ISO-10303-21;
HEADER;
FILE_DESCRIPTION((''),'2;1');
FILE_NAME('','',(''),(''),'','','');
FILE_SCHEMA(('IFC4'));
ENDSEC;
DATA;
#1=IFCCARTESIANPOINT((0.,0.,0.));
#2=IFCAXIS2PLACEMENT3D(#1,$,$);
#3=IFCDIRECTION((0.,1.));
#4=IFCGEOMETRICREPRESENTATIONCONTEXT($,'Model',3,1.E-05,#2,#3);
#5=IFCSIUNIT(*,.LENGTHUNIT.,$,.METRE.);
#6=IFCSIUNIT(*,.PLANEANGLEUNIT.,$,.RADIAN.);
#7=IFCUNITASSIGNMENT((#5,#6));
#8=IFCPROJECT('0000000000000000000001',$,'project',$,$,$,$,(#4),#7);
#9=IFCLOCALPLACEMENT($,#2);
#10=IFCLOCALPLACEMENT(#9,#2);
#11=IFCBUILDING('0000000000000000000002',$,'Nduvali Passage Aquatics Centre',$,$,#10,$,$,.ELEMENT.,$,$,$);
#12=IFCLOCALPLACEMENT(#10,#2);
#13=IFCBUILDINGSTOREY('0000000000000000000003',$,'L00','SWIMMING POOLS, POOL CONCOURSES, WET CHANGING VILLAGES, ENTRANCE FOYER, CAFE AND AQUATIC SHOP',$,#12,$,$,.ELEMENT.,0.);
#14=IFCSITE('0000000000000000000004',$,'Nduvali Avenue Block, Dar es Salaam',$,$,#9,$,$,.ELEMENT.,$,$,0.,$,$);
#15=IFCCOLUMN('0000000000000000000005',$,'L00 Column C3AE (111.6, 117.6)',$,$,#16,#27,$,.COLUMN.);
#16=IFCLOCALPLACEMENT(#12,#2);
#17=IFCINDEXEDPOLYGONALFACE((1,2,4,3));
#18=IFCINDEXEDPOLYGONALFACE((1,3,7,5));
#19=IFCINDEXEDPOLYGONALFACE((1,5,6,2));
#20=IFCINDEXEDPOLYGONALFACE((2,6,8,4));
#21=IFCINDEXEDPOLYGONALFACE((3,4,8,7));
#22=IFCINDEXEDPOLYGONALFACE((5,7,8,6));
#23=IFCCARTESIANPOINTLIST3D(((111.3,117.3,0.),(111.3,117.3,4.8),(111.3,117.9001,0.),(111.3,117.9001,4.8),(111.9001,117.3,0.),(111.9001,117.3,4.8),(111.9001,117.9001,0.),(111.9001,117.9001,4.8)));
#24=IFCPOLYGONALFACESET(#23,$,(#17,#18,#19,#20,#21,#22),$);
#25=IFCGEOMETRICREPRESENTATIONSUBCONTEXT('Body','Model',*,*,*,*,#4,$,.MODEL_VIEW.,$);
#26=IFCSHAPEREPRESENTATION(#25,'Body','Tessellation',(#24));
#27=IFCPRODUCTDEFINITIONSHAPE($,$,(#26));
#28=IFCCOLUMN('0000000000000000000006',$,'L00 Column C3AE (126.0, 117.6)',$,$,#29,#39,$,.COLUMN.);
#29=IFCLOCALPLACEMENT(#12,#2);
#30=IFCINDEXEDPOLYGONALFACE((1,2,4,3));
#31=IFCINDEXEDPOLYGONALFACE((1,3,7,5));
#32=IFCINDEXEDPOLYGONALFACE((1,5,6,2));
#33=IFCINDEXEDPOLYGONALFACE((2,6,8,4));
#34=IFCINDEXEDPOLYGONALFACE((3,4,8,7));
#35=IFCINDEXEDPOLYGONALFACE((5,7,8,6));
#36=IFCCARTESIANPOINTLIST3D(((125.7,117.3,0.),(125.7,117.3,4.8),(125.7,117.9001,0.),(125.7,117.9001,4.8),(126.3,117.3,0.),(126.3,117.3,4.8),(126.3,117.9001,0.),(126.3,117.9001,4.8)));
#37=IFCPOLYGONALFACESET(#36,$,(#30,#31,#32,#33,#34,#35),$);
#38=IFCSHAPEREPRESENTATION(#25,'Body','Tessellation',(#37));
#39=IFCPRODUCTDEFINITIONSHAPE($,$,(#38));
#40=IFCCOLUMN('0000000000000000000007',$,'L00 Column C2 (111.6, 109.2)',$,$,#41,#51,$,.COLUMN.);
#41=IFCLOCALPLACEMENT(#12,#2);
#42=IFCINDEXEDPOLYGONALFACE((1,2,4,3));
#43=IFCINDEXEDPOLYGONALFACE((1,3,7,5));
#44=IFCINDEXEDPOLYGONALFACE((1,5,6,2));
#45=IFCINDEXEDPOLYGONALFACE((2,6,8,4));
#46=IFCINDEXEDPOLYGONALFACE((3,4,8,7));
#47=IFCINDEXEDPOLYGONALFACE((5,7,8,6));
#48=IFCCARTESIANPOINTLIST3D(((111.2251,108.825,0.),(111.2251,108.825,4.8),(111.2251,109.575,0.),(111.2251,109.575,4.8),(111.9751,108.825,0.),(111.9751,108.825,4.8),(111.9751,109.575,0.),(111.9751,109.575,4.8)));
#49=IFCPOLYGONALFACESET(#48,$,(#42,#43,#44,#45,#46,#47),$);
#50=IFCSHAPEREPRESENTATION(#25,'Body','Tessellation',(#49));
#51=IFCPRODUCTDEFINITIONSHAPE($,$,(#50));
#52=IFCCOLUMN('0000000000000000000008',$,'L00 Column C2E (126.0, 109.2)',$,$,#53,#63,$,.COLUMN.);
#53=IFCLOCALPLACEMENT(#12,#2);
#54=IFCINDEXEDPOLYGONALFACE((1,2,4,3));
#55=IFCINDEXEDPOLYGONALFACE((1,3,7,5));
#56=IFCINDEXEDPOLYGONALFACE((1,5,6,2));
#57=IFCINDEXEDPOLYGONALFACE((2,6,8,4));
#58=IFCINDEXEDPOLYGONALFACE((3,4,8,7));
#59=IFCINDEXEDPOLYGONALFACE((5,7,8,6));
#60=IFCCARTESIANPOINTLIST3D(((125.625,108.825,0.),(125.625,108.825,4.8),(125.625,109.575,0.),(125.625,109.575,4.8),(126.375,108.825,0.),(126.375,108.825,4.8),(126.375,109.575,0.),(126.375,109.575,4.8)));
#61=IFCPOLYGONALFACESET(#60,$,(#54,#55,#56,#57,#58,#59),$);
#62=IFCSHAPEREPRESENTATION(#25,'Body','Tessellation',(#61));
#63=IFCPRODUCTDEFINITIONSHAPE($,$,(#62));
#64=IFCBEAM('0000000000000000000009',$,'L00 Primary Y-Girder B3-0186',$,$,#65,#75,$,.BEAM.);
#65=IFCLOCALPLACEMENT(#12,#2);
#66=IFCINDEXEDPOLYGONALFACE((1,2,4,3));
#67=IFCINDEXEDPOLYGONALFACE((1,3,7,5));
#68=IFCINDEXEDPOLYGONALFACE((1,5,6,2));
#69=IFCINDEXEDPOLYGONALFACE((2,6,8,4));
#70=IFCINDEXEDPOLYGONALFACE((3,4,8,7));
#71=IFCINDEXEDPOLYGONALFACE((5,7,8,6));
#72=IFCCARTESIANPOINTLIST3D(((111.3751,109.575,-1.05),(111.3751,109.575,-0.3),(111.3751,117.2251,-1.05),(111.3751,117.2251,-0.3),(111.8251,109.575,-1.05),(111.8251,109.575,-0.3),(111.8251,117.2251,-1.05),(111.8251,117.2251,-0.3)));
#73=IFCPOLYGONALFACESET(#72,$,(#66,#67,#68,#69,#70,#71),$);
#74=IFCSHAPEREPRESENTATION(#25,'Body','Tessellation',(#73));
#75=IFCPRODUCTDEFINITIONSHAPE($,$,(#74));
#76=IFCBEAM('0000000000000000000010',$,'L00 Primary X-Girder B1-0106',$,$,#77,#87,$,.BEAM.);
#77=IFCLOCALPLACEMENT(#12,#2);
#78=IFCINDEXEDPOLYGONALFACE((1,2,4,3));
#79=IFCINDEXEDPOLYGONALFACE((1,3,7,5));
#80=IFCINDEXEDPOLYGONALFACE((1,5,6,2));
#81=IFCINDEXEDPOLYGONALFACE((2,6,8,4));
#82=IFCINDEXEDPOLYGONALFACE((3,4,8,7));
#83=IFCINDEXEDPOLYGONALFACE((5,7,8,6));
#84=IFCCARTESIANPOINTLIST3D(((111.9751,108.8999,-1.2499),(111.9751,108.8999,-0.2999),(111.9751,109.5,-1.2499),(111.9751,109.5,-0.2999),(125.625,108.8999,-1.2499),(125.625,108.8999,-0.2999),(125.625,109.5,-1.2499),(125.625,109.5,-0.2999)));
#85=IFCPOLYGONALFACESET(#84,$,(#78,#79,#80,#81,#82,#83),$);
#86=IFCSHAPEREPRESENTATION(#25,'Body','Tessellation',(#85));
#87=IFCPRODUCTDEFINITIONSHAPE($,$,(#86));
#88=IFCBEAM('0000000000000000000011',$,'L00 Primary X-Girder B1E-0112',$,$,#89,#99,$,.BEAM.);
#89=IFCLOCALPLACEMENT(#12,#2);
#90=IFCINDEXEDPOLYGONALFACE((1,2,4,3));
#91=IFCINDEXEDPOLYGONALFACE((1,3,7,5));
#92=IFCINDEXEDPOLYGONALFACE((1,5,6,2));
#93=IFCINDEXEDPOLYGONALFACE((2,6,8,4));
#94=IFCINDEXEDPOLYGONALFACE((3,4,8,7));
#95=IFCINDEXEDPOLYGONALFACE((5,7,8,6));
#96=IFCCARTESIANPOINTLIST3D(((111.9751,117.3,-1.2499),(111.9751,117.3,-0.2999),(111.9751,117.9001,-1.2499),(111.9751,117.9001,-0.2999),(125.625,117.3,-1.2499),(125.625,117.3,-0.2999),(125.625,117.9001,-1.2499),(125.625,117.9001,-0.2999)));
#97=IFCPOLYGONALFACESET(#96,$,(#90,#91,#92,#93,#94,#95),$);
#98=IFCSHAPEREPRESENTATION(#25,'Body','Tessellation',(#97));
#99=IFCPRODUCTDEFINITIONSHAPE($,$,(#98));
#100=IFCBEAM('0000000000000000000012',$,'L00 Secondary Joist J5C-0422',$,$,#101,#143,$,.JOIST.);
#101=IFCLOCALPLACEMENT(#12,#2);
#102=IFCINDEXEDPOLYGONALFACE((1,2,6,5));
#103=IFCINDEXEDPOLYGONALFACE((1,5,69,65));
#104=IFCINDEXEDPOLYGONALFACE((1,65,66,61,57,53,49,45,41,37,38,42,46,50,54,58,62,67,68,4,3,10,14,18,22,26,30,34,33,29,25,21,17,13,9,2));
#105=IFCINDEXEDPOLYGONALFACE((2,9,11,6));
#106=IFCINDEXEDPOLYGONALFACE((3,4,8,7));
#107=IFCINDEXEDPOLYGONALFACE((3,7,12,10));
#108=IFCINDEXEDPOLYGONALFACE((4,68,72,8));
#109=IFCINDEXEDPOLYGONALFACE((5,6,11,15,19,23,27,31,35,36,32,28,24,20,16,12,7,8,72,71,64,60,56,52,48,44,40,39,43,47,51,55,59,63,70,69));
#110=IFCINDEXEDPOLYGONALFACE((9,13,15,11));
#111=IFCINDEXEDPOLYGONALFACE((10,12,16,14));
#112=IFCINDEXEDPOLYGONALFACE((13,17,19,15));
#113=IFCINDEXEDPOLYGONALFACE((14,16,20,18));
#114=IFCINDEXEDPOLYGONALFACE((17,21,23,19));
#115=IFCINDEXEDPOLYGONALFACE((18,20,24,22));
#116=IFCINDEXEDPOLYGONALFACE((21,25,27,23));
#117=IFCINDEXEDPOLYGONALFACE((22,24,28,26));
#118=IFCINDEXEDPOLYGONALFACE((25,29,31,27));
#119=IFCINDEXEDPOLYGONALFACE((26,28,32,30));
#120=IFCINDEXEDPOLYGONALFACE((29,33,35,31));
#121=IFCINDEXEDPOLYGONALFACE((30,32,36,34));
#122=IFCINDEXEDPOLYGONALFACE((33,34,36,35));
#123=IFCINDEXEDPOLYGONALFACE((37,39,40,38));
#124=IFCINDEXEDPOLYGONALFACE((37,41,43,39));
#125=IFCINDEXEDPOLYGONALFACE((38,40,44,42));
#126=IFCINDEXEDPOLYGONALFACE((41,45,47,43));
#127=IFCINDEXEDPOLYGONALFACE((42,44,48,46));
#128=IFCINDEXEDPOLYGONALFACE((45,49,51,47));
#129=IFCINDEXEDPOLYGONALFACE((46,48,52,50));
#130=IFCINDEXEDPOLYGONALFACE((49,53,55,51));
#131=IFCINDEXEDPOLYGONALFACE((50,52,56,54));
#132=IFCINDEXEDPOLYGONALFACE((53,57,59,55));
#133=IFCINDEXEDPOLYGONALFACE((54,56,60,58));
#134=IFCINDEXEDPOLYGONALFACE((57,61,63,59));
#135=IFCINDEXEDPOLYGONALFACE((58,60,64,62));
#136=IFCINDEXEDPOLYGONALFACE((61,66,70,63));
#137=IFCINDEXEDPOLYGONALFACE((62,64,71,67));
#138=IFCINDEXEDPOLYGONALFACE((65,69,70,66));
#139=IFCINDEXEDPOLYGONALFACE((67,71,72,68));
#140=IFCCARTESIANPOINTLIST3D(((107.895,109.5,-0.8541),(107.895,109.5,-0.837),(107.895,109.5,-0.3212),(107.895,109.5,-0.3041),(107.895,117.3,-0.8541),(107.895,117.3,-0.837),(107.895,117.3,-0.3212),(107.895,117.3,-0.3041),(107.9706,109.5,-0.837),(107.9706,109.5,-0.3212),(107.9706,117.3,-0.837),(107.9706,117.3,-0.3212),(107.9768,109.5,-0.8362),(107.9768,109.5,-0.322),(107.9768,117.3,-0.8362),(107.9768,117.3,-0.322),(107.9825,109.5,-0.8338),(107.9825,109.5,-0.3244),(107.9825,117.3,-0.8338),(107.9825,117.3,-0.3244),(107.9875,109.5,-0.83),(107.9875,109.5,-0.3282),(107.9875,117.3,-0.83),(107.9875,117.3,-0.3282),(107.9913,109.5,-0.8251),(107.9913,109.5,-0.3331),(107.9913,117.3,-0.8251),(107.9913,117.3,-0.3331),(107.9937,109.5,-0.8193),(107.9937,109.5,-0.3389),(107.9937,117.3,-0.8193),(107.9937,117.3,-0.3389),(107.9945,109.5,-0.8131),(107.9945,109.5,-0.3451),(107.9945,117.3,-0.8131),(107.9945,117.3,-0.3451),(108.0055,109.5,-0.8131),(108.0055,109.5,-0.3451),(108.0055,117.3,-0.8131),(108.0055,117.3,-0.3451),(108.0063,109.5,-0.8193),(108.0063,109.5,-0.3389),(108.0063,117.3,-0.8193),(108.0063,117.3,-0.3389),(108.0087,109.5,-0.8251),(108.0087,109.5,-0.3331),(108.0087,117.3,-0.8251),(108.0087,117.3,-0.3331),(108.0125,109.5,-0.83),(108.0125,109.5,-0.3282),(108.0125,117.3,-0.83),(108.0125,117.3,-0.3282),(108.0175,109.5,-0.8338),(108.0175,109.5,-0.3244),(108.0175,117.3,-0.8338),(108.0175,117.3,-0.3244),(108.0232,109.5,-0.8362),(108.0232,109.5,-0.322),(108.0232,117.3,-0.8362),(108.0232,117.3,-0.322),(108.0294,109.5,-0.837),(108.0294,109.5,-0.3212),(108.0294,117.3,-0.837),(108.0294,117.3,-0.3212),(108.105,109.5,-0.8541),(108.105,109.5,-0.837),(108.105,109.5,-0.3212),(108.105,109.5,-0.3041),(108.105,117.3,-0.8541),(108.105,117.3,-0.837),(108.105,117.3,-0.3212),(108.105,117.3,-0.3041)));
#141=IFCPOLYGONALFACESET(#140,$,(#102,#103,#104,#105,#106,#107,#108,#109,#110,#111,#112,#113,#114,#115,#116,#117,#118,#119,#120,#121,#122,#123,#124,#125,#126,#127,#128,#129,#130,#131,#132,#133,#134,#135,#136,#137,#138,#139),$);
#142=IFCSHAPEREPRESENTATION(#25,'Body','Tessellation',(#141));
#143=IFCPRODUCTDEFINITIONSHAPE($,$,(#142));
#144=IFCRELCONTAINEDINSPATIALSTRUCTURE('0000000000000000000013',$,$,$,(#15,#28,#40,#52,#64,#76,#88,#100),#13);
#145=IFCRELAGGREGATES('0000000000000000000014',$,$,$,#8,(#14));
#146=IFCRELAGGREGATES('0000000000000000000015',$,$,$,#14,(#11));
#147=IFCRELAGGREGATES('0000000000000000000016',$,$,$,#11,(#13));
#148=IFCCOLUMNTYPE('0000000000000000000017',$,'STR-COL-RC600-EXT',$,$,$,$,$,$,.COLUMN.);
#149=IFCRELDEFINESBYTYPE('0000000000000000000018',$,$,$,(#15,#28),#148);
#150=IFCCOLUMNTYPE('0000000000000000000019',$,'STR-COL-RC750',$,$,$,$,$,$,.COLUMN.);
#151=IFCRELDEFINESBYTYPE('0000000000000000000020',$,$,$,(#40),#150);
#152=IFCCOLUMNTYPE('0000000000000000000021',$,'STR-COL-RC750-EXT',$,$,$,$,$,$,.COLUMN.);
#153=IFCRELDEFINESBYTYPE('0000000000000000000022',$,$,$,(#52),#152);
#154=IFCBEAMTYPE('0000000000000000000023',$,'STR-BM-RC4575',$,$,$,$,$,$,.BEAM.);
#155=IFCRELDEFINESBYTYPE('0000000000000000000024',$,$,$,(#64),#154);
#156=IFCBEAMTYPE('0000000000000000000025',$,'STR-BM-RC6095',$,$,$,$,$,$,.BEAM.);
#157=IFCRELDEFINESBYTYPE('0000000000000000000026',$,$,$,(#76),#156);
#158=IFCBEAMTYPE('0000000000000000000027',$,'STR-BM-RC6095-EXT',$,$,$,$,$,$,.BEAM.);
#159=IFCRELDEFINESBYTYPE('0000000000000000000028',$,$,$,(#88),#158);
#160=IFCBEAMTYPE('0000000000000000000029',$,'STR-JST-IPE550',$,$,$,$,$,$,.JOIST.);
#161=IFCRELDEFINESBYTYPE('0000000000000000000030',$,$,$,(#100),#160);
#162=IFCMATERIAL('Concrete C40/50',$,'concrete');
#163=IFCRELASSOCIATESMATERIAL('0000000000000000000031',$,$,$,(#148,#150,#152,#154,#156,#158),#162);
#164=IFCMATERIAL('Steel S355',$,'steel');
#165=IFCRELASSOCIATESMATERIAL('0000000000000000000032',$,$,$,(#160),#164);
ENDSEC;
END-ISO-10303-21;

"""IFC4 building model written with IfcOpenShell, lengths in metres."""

from ifc_helpers import new_model, si_unit, direction, frame, origin, origin_2d, place, context, subcontext, project, spatial, rectangle, i_section, extrude, material, material_profile, profile_set, type_object, element, save


model = new_model("IFC4")

# Units and contexts
model_context = context("Model", 3, precision=1e-05, world=origin(), true_north=direction((0.0, 1.0)))
body_context = subcontext(model_context, "Body", "Model", "MODEL_VIEW")
ifc_project = project(units=[si_unit("LENGTHUNIT", "METRE"), si_unit("PLANEANGLEUNIT", "RADIAN")], contexts=[model_context])

# Site, building, storey
site_placement = place(None, origin())
site = spatial("IfcSite", under=ifc_project, at=site_placement, Name="Nduvali Avenue Block, Dar es Salaam", CompositionType="ELEMENT", RefElevation=0.0)
building_placement = place(site_placement, origin())
building = spatial("IfcBuilding", under=site, at=building_placement, Name="Nduvali Passage Aquatics Centre", CompositionType="ELEMENT")
storey_placement = place(building_placement, origin())
storey = spatial("IfcBuildingStorey", under=building, at=storey_placement, Name="L00", Description="SWIMMING POOLS, POOL CONCOURSES, WET CHANGING VILLAGES, ENTRANCE FOYER, CAFE AND AQUATIC SHOP", CompositionType="ELEMENT", Elevation=0.0)

# Columns
ifc_material_1 = material(Name="Concrete C40/50", Category="concrete")
ifc_material_profile_1 = material_profile(ifc_material_1, rectangle(XDim=0.6001, YDim=0.6001, at=origin_2d()), Name="RC 600x600")
ifc_profile_set_1 = profile_set([ifc_material_profile_1], Name="Concrete C40/50")
column_type_1 = type_object("IfcColumnType", Name="STR-COL-RC600-EXT", PredefinedType="COLUMN", material=ifc_profile_set_1)
for number, where, z_axis, x_axis, name in (
    (1, (111.6001, 117.6001, 0.0), (0.0, 0.0, 1.0), (1.0, 0.0, 0.0), "L00 Column C3AE (111.6, 117.6)"),
    (2, (126.0, 117.6001, 0.0), (0.0, 0.0, 1.0), (1.0, 0.0, 0.0), "L00 Column C3AE (126.0, 117.6)"),
):
    element("IfcColumn", number, at=place(storey_placement, frame(where, z_axis=z_axis, x_axis=x_axis)), inside=storey, type_object=column_type_1, Name=name, PredefinedType="COLUMN", context=body_context, shape_type="SweptSolid", body=[
        extrude(rectangle(XDim=0.6001, YDim=0.6001, at=origin_2d()), origin(), (0.0, 0.0, 1.0), 4.8),
    ])
ifc_material_profile_2 = material_profile(ifc_material_1, rectangle(XDim=0.75, YDim=0.75, at=origin_2d()), Name="RC 750x750")
ifc_profile_set_2 = profile_set([ifc_material_profile_2], Name="Concrete C40/50")
column_type_2 = type_object("IfcColumnType", Name="STR-COL-RC750", PredefinedType="COLUMN", material=ifc_profile_set_2)
column_1_placement = place(storey_placement, frame((111.6001, 109.2, 0.0), z_axis=(0.0, 0.0, 1.0), x_axis=(1.0, 0.0, 0.0)))
element("IfcColumn", 3, at=column_1_placement, inside=storey, type_object=column_type_2, Name="L00 Column C2 (111.6, 109.2)", PredefinedType="COLUMN", context=body_context, shape_type="SweptSolid", body=[
    extrude(rectangle(XDim=0.75, YDim=0.75, at=origin_2d()), origin(), (0.0, 0.0, 1.0), 4.8),
])
ifc_material_profile_3 = material_profile(ifc_material_1, rectangle(XDim=0.75, YDim=0.75, at=origin_2d()), Name="RC 750x750")
ifc_profile_set_3 = profile_set([ifc_material_profile_3], Name="Concrete C40/50")
column_type_3 = type_object("IfcColumnType", Name="STR-COL-RC750-EXT", PredefinedType="COLUMN", material=ifc_profile_set_3)
column_2_placement = place(storey_placement, frame((126.0, 109.2, 0.0), z_axis=(0.0, 0.0, 1.0), x_axis=(1.0, 0.0, 0.0)))
element("IfcColumn", 4, at=column_2_placement, inside=storey, type_object=column_type_3, Name="L00 Column C2E (126.0, 109.2)", PredefinedType="COLUMN", context=body_context, shape_type="SweptSolid", body=[
    extrude(rectangle(XDim=0.75, YDim=0.75, at=origin_2d()), origin(), (0.0, 0.0, 1.0), 4.8),
])

# Beams
ifc_material_profile_4 = material_profile(ifc_material_1, rectangle(XDim=0.45, YDim=0.75, at=origin_2d()), Name="RC 450x750")
ifc_profile_set_4 = profile_set([ifc_material_profile_4], Name="Concrete C40/50")
beam_type_1 = type_object("IfcBeamType", Name="STR-BM-RC4575", PredefinedType="BEAM", material=ifc_profile_set_4)
beam_1_placement = place(storey_placement, frame((111.6001, 109.575, -0.675), z_axis=(0.0, 1.0, 0.0), x_axis=(-1.0, 0.0, 0.0)))
element("IfcBeam", 5, at=beam_1_placement, inside=storey, type_object=beam_type_1, Name="L00 Primary Y-Girder B3-0186", PredefinedType="BEAM", context=body_context, shape_type="SweptSolid", body=[
    extrude(rectangle(XDim=0.45, YDim=0.75, at=origin_2d()), origin(), (0.0, 0.0, 1.0), 7.6501),
])
ifc_material_profile_5 = material_profile(ifc_material_1, rectangle(XDim=0.6001, YDim=0.95, at=origin_2d()), Name="RC 600x950")
ifc_profile_set_5 = profile_set([ifc_material_profile_5], Name="Concrete C40/50")
beam_type_2 = type_object("IfcBeamType", Name="STR-BM-RC6095", PredefinedType="BEAM", material=ifc_profile_set_5)
beam_2_placement = place(storey_placement, frame((111.9751, 109.2, -0.7749), z_axis=(1.0, 0.0, 0.0), x_axis=(0.0, 1.0, 0.0)))
element("IfcBeam", 6, at=beam_2_placement, inside=storey, type_object=beam_type_2, Name="L00 Primary X-Girder B1-0106", PredefinedType="BEAM", context=body_context, shape_type="SweptSolid", body=[
    extrude(rectangle(XDim=0.6001, YDim=0.95, at=origin_2d()), origin(), (0.0, 0.0, 1.0), 13.6499),
])
ifc_material_profile_6 = material_profile(ifc_material_1, rectangle(XDim=0.6001, YDim=0.95, at=origin_2d()), Name="RC 600x950")
ifc_profile_set_6 = profile_set([ifc_material_profile_6], Name="Concrete C40/50")
beam_type_3 = type_object("IfcBeamType", Name="STR-BM-RC6095-EXT", PredefinedType="BEAM", material=ifc_profile_set_6)
beam_3_placement = place(storey_placement, frame((111.9751, 117.6001, -0.7749), z_axis=(1.0, 0.0, 0.0), x_axis=(0.0, 1.0, 0.0)))
element("IfcBeam", 7, at=beam_3_placement, inside=storey, type_object=beam_type_3, Name="L00 Primary X-Girder B1E-0112", PredefinedType="BEAM", context=body_context, shape_type="SweptSolid", body=[
    extrude(rectangle(XDim=0.6001, YDim=0.95, at=origin_2d()), origin(), (0.0, 0.0, 1.0), 13.6499),
])
ifc_material_2 = material(Name="Steel S355", Category="steel")
ifc_material_profile_7 = material_profile(ifc_material_2, i_section(OverallWidth=0.21, OverallDepth=0.55, WebThickness=0.011, FlangeThickness=0.0171, FilletRadius=0.0239, at=origin_2d()), Name="IPE 550")
ifc_profile_set_7 = profile_set([ifc_material_profile_7], Name="Steel S355")
beam_type_4 = type_object("IfcBeamType", Name="STR-JST-IPE550", PredefinedType="JOIST", material=ifc_profile_set_7)
beam_4_placement = place(storey_placement, frame((108.0, 109.5, -0.5791), z_axis=(0.0, 1.0, 0.0), x_axis=(-1.0, 0.0, 0.0)))
element("IfcBeam", 8, at=beam_4_placement, inside=storey, type_object=beam_type_4, Name="L00 Secondary Joist J5C-0422", PredefinedType="JOIST", context=body_context, shape_type="SweptSolid", body=[
    extrude(i_section(OverallWidth=0.21, OverallDepth=0.55, WebThickness=0.011, FlangeThickness=0.0171, FilletRadius=0.0239, at=origin_2d()), origin(), (0.0, 0.0, 1.0), 7.8),
])

save(model, "model.ifc")
